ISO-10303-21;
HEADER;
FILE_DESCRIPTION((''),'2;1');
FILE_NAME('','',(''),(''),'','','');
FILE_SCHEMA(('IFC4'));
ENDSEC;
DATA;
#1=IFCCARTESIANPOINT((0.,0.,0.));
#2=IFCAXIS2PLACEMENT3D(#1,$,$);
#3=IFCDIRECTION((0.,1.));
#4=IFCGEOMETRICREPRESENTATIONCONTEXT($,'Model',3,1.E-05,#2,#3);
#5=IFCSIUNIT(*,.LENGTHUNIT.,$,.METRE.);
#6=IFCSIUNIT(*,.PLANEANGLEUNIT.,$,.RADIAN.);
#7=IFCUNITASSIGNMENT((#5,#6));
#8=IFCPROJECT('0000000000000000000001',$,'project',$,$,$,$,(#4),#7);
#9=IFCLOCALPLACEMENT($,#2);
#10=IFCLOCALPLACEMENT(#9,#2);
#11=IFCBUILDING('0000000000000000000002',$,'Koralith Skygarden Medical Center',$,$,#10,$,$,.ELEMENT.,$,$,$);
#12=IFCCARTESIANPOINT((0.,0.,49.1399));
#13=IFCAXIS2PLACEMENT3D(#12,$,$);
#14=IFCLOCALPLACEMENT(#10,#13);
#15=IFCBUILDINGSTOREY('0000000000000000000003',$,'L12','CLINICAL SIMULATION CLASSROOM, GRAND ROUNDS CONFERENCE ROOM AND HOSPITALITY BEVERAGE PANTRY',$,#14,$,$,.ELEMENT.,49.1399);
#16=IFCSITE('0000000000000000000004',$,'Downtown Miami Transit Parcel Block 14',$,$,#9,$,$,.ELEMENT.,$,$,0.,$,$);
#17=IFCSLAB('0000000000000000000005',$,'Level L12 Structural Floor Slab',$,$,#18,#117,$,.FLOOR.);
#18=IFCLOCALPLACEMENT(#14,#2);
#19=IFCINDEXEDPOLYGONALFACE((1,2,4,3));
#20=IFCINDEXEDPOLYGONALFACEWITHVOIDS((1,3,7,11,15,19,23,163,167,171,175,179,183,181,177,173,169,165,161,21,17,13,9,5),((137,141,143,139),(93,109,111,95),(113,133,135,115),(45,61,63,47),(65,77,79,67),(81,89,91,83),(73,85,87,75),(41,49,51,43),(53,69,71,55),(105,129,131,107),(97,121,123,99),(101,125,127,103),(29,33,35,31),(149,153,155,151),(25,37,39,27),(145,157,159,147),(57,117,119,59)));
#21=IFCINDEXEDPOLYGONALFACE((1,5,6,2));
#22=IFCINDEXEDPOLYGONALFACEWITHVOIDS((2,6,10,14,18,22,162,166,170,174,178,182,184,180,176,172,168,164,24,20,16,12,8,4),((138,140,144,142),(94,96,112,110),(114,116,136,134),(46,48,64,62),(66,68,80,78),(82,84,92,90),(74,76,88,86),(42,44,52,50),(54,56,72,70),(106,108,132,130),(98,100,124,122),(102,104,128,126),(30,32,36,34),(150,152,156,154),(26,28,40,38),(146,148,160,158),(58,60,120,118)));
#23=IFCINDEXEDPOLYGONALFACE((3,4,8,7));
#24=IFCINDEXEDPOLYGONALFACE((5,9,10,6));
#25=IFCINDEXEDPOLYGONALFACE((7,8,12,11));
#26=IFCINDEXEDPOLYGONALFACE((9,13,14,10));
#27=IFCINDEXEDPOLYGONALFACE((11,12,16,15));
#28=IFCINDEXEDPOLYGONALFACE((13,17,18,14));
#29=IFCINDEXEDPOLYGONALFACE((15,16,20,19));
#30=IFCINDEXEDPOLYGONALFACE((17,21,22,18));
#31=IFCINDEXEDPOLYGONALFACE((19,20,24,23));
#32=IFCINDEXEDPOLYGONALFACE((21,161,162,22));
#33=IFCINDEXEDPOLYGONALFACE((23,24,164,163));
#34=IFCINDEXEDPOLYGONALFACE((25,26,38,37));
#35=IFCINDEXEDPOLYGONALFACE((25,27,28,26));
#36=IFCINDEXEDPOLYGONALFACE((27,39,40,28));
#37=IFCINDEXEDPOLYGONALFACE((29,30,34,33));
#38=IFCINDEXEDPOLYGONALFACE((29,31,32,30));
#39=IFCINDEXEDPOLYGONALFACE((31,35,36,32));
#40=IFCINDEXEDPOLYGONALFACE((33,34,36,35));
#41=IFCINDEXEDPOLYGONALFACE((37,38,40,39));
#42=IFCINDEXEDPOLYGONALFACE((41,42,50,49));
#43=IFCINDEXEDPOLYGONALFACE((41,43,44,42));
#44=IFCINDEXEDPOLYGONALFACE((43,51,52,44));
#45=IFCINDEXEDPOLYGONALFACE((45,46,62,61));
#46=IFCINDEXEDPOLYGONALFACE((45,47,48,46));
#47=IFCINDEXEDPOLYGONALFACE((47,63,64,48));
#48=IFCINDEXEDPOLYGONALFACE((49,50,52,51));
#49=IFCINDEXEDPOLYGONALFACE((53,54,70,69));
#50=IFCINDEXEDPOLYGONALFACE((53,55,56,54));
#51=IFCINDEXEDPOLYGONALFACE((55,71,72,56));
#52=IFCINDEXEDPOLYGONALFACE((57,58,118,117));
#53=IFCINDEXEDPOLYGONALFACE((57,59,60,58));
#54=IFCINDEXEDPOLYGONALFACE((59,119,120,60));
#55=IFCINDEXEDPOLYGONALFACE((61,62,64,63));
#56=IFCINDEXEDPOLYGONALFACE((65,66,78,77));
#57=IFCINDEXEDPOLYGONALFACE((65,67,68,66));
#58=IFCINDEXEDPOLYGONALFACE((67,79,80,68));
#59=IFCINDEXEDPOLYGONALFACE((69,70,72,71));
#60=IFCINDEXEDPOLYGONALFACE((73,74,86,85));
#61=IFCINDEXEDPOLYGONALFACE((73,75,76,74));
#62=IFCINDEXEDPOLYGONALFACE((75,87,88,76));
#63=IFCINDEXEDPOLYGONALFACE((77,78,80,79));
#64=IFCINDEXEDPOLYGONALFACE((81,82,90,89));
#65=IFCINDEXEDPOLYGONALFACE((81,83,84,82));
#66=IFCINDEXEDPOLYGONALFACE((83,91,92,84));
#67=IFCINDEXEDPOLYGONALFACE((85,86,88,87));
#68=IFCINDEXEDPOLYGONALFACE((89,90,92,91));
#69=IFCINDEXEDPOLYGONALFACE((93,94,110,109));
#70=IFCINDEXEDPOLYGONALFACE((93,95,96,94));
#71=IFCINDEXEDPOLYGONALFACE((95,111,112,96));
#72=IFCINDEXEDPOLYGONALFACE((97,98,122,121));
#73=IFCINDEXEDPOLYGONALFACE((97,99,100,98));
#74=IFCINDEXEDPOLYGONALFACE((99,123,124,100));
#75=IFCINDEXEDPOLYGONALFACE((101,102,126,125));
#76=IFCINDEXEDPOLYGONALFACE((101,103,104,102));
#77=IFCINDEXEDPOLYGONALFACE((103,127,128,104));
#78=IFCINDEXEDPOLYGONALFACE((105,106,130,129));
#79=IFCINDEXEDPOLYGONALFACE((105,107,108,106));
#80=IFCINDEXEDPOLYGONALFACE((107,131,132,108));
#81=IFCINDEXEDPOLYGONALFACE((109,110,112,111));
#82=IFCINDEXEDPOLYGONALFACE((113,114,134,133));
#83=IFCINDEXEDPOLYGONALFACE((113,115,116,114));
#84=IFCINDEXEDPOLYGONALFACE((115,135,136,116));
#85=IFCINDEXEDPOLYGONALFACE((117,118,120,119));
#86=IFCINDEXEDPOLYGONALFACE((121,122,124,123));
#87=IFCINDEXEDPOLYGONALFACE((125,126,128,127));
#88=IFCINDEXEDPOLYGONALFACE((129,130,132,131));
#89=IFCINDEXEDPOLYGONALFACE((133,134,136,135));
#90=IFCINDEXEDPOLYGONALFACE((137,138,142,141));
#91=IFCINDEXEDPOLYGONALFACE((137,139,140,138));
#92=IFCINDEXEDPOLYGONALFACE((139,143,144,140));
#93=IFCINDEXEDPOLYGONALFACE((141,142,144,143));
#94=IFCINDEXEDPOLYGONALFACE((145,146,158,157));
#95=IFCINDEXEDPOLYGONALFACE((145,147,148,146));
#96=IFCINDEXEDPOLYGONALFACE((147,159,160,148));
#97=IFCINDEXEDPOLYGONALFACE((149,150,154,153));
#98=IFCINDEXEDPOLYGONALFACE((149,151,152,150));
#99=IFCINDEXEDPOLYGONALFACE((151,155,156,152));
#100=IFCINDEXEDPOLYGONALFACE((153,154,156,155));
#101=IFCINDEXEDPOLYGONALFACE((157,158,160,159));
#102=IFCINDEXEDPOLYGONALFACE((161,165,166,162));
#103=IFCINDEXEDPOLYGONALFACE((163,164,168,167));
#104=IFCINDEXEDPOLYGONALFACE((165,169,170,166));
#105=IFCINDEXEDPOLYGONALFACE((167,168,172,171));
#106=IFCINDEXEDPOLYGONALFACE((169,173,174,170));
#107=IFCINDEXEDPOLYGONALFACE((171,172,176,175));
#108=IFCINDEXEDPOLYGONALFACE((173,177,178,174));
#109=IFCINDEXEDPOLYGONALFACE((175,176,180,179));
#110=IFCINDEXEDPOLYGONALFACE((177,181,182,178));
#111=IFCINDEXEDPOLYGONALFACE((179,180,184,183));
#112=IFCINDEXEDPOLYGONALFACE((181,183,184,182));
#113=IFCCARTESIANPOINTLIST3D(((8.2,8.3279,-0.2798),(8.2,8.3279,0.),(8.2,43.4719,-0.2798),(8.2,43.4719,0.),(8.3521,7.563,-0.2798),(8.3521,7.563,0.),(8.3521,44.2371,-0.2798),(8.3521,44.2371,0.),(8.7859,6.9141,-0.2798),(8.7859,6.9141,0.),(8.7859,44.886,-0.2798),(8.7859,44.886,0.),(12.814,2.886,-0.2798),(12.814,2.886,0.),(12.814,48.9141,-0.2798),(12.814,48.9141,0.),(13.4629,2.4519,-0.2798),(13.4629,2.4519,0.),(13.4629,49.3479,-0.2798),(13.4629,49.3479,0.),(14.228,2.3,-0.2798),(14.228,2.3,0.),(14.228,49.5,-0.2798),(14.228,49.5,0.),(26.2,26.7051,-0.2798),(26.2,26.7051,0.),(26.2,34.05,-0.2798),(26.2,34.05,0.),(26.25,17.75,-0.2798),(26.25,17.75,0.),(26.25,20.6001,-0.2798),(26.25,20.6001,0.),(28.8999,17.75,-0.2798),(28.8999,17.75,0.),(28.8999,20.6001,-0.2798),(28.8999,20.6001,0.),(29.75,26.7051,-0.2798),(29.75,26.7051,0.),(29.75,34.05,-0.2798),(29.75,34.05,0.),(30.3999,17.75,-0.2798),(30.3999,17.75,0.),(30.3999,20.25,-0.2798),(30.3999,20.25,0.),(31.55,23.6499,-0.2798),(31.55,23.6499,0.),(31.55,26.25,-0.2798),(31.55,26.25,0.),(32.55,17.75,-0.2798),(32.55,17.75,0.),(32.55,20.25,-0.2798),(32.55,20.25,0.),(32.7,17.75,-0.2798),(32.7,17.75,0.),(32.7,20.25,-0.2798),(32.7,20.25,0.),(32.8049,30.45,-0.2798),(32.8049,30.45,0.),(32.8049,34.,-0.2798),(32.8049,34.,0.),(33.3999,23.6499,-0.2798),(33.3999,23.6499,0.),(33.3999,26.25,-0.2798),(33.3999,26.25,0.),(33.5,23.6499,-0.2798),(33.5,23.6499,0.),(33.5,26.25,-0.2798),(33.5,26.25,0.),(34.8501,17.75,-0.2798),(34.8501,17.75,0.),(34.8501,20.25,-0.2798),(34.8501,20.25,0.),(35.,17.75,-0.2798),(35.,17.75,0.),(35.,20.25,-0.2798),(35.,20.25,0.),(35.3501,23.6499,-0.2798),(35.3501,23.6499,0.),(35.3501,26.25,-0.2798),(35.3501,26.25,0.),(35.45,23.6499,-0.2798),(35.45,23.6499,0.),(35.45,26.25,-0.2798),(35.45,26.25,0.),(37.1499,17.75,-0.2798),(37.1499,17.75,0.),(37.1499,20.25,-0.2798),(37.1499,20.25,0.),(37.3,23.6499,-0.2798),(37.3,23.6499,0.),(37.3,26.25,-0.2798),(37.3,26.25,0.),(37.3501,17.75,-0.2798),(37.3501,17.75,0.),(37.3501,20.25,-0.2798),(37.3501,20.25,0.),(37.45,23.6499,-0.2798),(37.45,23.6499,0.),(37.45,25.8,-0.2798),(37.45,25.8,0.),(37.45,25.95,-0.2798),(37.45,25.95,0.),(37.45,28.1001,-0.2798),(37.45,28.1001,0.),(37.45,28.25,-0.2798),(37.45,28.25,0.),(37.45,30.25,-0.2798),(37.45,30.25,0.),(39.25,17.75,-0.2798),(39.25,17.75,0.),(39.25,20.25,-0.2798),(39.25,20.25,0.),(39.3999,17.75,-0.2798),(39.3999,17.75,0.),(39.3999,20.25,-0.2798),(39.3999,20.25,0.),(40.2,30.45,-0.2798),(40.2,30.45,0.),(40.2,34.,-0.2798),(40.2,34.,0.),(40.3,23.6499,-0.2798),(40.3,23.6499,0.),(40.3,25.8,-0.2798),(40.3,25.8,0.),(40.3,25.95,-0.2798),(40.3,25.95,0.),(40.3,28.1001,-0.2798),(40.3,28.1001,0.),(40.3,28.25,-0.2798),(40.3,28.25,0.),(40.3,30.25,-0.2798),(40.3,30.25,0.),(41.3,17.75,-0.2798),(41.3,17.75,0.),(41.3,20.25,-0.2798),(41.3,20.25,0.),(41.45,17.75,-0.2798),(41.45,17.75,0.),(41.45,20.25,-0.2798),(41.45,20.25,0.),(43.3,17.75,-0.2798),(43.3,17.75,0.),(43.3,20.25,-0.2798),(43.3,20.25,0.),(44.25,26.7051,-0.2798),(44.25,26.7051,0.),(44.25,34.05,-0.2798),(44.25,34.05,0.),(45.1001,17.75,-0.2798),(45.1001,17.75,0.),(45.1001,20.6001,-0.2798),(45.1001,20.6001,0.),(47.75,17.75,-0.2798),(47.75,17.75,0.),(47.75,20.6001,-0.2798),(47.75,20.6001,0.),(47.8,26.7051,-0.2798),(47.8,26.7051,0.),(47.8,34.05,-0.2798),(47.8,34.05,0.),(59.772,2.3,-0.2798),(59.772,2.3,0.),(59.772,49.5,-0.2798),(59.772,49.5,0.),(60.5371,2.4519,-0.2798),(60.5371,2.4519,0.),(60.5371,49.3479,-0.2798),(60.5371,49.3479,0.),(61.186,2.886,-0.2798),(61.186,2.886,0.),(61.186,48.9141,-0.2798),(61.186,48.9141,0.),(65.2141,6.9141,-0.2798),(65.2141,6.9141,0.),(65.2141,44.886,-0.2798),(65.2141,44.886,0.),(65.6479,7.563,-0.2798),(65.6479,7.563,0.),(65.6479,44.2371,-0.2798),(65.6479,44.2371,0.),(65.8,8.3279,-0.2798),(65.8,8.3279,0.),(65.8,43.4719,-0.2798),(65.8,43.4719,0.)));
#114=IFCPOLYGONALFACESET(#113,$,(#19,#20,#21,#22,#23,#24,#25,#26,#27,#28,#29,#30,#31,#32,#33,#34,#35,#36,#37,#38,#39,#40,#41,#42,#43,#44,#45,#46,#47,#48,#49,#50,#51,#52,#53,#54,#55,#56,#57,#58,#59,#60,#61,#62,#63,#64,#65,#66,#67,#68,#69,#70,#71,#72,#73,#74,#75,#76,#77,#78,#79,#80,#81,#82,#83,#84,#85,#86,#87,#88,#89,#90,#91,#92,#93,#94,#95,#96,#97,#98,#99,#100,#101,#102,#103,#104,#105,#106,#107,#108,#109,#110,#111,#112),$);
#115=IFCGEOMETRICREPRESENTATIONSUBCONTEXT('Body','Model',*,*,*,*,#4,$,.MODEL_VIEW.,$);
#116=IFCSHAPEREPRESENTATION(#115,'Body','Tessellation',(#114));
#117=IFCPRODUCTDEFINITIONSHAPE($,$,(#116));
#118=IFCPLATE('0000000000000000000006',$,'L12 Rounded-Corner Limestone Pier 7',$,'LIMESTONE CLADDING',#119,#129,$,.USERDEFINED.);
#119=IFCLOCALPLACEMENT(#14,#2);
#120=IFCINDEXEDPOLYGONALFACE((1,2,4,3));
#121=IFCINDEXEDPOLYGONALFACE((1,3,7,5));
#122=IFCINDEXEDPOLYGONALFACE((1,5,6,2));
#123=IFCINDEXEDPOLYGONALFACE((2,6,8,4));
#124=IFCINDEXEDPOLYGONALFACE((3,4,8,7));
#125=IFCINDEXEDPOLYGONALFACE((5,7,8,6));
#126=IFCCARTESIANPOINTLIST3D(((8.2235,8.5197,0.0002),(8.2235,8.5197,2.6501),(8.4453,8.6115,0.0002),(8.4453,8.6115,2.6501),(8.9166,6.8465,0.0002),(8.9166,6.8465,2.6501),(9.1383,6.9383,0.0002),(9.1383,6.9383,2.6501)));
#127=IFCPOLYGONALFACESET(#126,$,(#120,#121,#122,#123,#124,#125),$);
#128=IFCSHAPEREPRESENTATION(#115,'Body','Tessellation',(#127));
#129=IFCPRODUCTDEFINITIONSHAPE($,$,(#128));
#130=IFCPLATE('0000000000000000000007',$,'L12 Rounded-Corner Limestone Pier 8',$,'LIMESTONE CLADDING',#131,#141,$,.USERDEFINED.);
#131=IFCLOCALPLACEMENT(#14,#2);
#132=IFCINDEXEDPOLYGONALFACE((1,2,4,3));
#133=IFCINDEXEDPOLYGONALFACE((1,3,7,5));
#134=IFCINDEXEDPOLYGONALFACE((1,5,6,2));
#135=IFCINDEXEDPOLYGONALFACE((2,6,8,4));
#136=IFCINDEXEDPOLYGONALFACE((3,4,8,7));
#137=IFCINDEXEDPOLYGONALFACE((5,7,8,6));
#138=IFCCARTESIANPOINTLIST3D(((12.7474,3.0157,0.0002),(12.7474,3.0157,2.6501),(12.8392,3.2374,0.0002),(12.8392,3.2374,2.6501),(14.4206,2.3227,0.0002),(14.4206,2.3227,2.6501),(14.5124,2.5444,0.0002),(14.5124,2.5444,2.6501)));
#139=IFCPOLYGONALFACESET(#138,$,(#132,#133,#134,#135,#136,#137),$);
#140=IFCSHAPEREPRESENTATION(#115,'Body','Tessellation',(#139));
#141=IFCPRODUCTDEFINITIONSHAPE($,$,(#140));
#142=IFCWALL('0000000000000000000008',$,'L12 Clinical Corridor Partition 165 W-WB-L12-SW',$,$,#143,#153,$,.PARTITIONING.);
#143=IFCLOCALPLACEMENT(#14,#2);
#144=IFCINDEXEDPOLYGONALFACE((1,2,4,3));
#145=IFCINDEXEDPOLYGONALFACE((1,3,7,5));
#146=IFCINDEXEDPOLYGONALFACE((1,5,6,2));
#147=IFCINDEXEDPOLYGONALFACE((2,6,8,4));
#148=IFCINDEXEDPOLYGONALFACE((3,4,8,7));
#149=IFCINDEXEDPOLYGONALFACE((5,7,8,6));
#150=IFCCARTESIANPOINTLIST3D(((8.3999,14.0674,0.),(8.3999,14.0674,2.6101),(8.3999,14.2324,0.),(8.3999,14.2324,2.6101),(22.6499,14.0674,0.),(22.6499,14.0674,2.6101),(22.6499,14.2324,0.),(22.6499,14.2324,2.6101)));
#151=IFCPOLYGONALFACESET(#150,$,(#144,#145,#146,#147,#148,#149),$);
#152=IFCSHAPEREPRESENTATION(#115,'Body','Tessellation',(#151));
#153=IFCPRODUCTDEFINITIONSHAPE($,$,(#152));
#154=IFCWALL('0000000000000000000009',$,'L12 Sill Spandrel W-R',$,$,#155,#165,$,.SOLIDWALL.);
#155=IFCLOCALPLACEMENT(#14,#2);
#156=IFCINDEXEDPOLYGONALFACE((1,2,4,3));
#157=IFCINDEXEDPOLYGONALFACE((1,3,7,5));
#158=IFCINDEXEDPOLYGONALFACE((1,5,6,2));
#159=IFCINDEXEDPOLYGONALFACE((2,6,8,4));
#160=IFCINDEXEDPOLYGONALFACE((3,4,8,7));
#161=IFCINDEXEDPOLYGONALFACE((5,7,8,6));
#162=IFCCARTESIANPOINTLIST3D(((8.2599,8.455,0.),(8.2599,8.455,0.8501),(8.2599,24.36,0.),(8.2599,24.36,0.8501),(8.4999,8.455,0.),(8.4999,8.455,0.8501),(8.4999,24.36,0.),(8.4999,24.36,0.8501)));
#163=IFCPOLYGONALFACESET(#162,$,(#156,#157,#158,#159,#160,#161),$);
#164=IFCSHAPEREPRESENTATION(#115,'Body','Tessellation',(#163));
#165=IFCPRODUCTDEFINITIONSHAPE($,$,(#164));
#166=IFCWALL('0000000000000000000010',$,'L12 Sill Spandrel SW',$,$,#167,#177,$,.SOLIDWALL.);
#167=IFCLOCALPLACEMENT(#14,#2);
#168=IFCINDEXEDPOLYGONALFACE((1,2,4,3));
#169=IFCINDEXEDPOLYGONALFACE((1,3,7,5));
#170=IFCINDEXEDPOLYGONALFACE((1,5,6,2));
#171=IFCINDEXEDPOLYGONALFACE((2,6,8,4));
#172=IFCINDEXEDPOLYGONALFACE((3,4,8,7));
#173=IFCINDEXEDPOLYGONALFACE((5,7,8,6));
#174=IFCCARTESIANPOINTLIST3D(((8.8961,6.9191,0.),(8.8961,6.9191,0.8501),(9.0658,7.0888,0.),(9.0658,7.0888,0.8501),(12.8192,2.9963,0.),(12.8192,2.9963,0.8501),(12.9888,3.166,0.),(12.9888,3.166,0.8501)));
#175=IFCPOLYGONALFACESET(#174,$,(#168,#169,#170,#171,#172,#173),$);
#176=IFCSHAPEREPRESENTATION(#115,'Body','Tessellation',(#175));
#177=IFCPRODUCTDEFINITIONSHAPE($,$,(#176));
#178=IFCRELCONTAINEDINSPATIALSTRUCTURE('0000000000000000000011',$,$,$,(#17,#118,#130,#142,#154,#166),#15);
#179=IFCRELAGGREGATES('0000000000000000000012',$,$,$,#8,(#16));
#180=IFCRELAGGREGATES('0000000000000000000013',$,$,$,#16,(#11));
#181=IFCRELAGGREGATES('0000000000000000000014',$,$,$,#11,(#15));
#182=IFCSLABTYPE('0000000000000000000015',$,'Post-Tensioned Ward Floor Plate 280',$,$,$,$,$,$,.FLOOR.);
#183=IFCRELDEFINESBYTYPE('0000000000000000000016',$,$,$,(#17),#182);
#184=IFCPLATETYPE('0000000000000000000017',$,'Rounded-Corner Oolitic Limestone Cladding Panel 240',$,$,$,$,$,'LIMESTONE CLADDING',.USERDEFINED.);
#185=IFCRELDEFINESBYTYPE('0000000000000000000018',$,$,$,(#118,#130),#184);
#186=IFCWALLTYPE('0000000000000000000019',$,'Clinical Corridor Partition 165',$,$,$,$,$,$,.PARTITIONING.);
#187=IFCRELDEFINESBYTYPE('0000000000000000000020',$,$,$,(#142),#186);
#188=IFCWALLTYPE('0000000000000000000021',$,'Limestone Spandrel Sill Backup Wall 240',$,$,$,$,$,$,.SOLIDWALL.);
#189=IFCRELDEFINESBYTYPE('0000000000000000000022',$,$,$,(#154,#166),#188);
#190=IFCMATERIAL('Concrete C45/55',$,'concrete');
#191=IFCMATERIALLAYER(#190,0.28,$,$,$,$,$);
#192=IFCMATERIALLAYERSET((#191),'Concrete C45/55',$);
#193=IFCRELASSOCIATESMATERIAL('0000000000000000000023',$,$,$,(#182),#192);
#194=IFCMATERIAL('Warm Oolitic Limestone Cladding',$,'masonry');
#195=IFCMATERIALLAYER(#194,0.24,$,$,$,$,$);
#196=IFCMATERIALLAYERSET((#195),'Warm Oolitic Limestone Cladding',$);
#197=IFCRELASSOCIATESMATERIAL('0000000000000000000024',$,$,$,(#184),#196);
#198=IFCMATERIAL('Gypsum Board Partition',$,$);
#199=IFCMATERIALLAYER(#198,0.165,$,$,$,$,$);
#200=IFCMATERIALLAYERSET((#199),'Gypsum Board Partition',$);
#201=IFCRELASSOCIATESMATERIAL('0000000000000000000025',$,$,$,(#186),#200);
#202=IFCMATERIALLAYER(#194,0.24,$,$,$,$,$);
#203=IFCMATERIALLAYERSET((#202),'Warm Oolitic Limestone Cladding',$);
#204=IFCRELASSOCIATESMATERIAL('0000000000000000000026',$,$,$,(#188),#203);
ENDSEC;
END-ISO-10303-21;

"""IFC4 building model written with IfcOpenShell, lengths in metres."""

from ifc_helpers import new_model, si_unit, direction, frame, frame_2d, origin, origin_2d, place, context, subcontext, project, spatial, polyline, rectangle, outline, extrude, material, layer, layer_set, type_object, element, save


model = new_model("IFC4")

# Units and contexts
model_context = context("Model", 3, precision=1e-05, world=origin(), true_north=direction((0.0, 1.0)))
body_context = subcontext(model_context, "Body", "Model", "MODEL_VIEW")
ifc_project = project(units=[si_unit("LENGTHUNIT", "METRE"), si_unit("PLANEANGLEUNIT", "RADIAN")], contexts=[model_context])

# Site, building, storey
site_placement = place(None, origin())
site = spatial("IfcSite", under=ifc_project, at=site_placement, Name="Downtown Miami Transit Parcel Block 14", CompositionType="ELEMENT", RefElevation=0.0)
building_placement = place(site_placement, origin())
building = spatial("IfcBuilding", under=site, at=building_placement, Name="Koralith Skygarden Medical Center", CompositionType="ELEMENT")
storey_placement = place(building_placement, frame((0.0, 0.0, 49.1399)))
storey = spatial("IfcBuildingStorey", under=building, at=storey_placement, Name="L12", Description="CLINICAL SIMULATION CLASSROOM, GRAND ROUNDS CONFERENCE ROOM AND HOSPITALITY BEVERAGE PANTRY", CompositionType="ELEMENT", Elevation=49.1399)

# Shared definitions
ifc_material_1 = material(Name="Concrete C45/55", Category="concrete")

# Slab
ifc_layer_1 = layer(ifc_material_1, 0.28)
ifc_layer_set_1 = layer_set([ifc_layer_1], Name="Concrete C45/55")
slab_type_1 = type_object("IfcSlabType", Name="Post-Tensioned Ward Floor Plate 280", PredefinedType="FLOOR", material=ifc_layer_set_1)
slab_1_placement = place(storey_placement, frame((0.0, 0.0, -0.2798)))
element("IfcSlab", 1, at=slab_1_placement, inside=storey, type_object=slab_type_1, Name="Level L12 Structural Floor Slab", PredefinedType="FLOOR", context=body_context, shape_type="SweptSolid", body=[
    extrude(outline(polyline([(12.814, 2.886), (13.4629, 2.4519), (14.228, 2.3), (59.772, 2.3), (60.5371, 2.4519), (61.186, 2.886), (65.2141, 6.9141), (65.6479, 7.563), (65.8, 8.3279), (65.8, 43.4719), (65.6479, 44.2371), (65.2141, 44.886), (61.186, 48.9141), (60.5371, 49.3479), (59.772, 49.5), (14.228, 49.5), (13.4629, 49.3479), (12.814, 48.9141), (8.7859, 44.886), (8.3521, 44.2371), (8.2, 43.4719), (8.2, 8.3279), (8.3521, 7.563), (8.7859, 6.9141), (12.814, 2.886)]), holes=[polyline([(26.2, 26.7051), (29.75, 26.7051), (29.75, 34.05), (26.2, 34.05), (26.2, 26.7051)]), polyline([(44.25, 26.7051), (47.8, 26.7051), (47.8, 34.05), (44.25, 34.05), (44.25, 26.7051)]), polyline([(32.8049, 30.45), (40.2, 30.45), (40.2, 34.0), (32.8049, 34.0), (32.8049, 30.45)]), polyline([(26.25, 17.75), (28.8999, 17.75), (28.8999, 20.6001), (26.25, 20.6001), (26.25, 17.75)]), polyline([(45.1001, 17.75), (47.75, 17.75), (47.75, 20.6001), (45.1001, 20.6001), (45.1001, 17.75)]), polyline([(30.3999, 17.75), (32.55, 17.75), (32.55, 20.25), (30.3999, 20.25), (30.3999, 17.75)]), polyline([(32.7, 17.75), (34.8501, 17.75), (34.8501, 20.25), (32.7, 20.25), (32.7, 17.75)]), polyline([(35.0, 17.75), (37.1499, 17.75), (37.1499, 20.25), (35.0, 20.25), (35.0, 17.75)]), polyline([(37.3501, 17.75), (39.25, 17.75), (39.25, 20.25), (37.3501, 20.25), (37.3501, 17.75)]), polyline([(39.3999, 17.75), (41.3, 17.75), (41.3, 20.25), (39.3999, 20.25), (39.3999, 17.75)]), polyline([(41.45, 17.75), (43.3, 17.75), (43.3, 20.25), (41.45, 20.25), (41.45, 17.75)]), polyline([(31.55, 23.6499), (33.3999, 23.6499), (33.3999, 26.25), (31.55, 26.25), (31.55, 23.6499)]), polyline([(33.5, 23.6499), (35.3501, 23.6499), (35.3501, 26.25), (33.5, 26.25), (33.5, 23.6499)]), polyline([(35.45, 23.6499), (37.3, 23.6499), (37.3, 26.25), (35.45, 26.25), (35.45, 23.6499)]), polyline([(37.45, 23.6499), (40.3, 23.6499), (40.3, 25.8), (37.45, 25.8), (37.45, 23.6499)]), polyline([(37.45, 25.95), (40.3, 25.95), (40.3, 28.1001), (37.45, 28.1001), (37.45, 25.95)]), polyline([(37.45, 28.25), (40.3, 28.25), (40.3, 30.25), (37.45, 30.25), (37.45, 28.25)])]), origin(), (0.0, 0.0, 1.0), 0.2798),
])

# Plates
ifc_material_2 = material(Name="Warm Oolitic Limestone Cladding", Category="masonry")
ifc_layer_2 = layer(ifc_material_2, 0.24)
ifc_layer_set_2 = layer_set([ifc_layer_2], Name="Warm Oolitic Limestone Cladding")
plate_type_1 = type_object("IfcPlateType", Name="Rounded-Corner Oolitic Limestone Cladding Panel 240", ElementType="LIMESTONE CLADDING", PredefinedType="USERDEFINED", material=ifc_layer_set_2)
for number, where, z_axis, x_axis, name in (
    (2, (8.6809, 7.729, 0.0002), (0.0, 0.0, 1.0), (0.382671, -0.923885, 0.0), "L12 Rounded-Corner Limestone Pier 7"),
    (3, (13.6299, 2.78, 0.0002), (0.0, 0.0, 1.0), (0.923885, -0.382671, 0.0), "L12 Rounded-Corner Limestone Pier 8"),
):
    element("IfcPlate", number, at=place(storey_placement, frame(where, z_axis=z_axis, x_axis=x_axis)), inside=storey, type_object=plate_type_1, Name=name, ObjectType="LIMESTONE CLADDING", PredefinedType="USERDEFINED", context=body_context, shape_type="SweptSolid", body=[
        extrude(rectangle(XDim=1.811, YDim=0.24, at=origin_2d()), origin(), (0.0, 0.0, 1.0), 2.6499),
    ])

# Walls
ifc_material_3 = material(Name="Gypsum Board Partition")
ifc_layer_3 = layer(ifc_material_3, 0.165)
ifc_layer_set_3 = layer_set([ifc_layer_3], Name="Gypsum Board Partition")
wall_type_1 = type_object("IfcWallType", Name="Clinical Corridor Partition 165", PredefinedType="PARTITIONING", material=ifc_layer_set_3)
wall_1_placement = place(storey_placement, frame((8.3999, 14.1499, 0.0), z_axis=(0.0, 0.0, 1.0), x_axis=(1.0, 0.0, 0.0)))
element("IfcWall", 4, at=wall_1_placement, inside=storey, type_object=wall_type_1, Name="L12 Clinical Corridor Partition 165 W-WB-L12-SW", PredefinedType="PARTITIONING", context=body_context, shape_type="SweptSolid", body=[
    extrude(rectangle(XDim=14.25, YDim=0.165, at=frame_2d((7.125, 0.0))), origin(), (0.0, 0.0, 1.0), 2.6101),
])
ifc_layer_4 = layer(ifc_material_2, 0.24)
ifc_layer_set_4 = layer_set([ifc_layer_4], Name="Warm Oolitic Limestone Cladding")
wall_type_2 = type_object("IfcWallType", Name="Limestone Spandrel Sill Backup Wall 240", PredefinedType="SOLIDWALL", material=ifc_layer_set_4)
wall_2_placement = place(storey_placement, frame((8.3799, 24.3601, 0.0), z_axis=(0.0, 0.0, 1.0), x_axis=(0.0, -1.0, 0.0)))
element("IfcWall", 5, at=wall_2_placement, inside=storey, type_object=wall_type_2, Name="L12 Sill Spandrel W-R", PredefinedType="SOLIDWALL", context=body_context, shape_type="SweptSolid", body=[
    extrude(rectangle(XDim=15.905, YDim=0.24, at=frame_2d((7.9526, 0.0))), origin(), (0.0, 0.0, 1.0), 0.8501),
])
wall_3_placement = place(storey_placement, frame((8.981, 7.0039, 0.0), z_axis=(0.0, 0.0, 1.0), x_axis=(0.707129, -0.707085, 0.0)))
element("IfcWall", 6, at=wall_3_placement, inside=storey, type_object=wall_type_2, Name="L12 Sill Spandrel SW", PredefinedType="SOLIDWALL", context=body_context, shape_type="SweptSolid", body=[
    extrude(rectangle(XDim=5.5479, YDim=0.24, at=frame_2d((2.7739, 0.0))), origin(), (0.0, 0.0, 1.0), 0.8501),
])

save(model, "model.ifc")
